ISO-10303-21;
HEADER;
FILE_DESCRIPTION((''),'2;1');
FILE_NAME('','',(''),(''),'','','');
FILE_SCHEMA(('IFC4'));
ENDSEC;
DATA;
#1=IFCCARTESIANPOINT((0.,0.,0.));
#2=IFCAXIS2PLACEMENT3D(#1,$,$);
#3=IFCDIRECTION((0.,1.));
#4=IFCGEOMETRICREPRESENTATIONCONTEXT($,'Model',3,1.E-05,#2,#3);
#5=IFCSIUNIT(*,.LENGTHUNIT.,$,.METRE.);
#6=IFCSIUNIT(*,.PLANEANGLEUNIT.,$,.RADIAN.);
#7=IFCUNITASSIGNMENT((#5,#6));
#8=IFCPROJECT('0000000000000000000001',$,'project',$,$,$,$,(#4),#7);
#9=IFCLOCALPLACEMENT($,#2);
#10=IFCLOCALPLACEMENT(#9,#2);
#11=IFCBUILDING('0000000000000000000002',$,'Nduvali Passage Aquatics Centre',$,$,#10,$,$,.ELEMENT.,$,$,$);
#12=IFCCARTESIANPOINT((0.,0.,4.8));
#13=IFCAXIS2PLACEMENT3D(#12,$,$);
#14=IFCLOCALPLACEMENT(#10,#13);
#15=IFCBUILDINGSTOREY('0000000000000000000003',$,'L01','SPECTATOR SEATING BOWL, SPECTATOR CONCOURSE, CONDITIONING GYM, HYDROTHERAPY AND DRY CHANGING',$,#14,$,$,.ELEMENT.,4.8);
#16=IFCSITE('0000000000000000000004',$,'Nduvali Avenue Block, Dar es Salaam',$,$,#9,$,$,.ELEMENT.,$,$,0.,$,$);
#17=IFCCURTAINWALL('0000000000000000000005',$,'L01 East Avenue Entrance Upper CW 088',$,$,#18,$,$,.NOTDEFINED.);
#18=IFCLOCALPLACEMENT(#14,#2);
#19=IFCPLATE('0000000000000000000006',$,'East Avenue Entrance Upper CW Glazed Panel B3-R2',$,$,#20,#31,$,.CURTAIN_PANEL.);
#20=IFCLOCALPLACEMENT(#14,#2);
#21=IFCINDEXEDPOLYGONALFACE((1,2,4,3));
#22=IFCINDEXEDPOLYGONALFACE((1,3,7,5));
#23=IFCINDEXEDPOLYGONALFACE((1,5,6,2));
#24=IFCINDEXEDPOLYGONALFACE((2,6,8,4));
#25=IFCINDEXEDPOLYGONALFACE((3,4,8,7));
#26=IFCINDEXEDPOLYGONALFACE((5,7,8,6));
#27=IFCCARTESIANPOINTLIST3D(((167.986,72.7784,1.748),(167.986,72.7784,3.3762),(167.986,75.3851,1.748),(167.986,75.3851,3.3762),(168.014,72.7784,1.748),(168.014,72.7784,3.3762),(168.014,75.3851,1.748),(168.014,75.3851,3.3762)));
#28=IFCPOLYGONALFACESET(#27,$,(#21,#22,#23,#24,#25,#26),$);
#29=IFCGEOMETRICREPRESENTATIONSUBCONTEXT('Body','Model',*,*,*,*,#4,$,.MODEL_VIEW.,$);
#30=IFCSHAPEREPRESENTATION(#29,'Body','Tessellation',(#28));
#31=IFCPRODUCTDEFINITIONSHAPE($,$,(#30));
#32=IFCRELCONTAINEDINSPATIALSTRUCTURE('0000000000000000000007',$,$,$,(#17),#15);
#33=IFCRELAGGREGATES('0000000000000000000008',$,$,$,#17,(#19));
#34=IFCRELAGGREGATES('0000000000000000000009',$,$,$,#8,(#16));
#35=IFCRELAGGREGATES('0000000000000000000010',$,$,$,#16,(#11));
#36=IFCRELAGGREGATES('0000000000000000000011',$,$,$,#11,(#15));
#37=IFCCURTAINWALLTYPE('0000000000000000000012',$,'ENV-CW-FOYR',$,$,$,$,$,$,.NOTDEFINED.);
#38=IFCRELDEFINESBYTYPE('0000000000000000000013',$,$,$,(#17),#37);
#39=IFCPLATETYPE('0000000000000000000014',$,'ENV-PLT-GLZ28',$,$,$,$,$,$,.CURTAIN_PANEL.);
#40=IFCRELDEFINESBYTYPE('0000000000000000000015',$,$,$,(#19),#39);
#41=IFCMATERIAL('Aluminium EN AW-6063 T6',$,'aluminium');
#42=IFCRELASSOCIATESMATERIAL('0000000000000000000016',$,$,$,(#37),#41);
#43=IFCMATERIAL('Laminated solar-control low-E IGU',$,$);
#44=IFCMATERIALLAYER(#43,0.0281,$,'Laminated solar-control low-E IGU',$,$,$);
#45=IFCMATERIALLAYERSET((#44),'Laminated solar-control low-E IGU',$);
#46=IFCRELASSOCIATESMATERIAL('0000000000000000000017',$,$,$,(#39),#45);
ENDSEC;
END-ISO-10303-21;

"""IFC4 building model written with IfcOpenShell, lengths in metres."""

from ifc_helpers import new_model, si_unit, direction, frame, origin, origin_2d, place, context, subcontext, project, spatial, rectangle, extrude, material, layer, layer_set, type_object, element, aggregate, save


model = new_model("IFC4")

# Units and contexts
model_context = context("Model", 3, precision=1e-05, world=origin(), true_north=direction((0.0, 1.0)))
body_context = subcontext(model_context, "Body", "Model", "MODEL_VIEW")
ifc_project = project(units=[si_unit("LENGTHUNIT", "METRE"), si_unit("PLANEANGLEUNIT", "RADIAN")], contexts=[model_context])

# Site, building, storey
site_placement = place(None, origin())
site = spatial("IfcSite", under=ifc_project, at=site_placement, Name="Nduvali Avenue Block, Dar es Salaam", CompositionType="ELEMENT", RefElevation=0.0)
building_placement = place(site_placement, origin())
building = spatial("IfcBuilding", under=site, at=building_placement, Name="Nduvali Passage Aquatics Centre", CompositionType="ELEMENT")
storey_placement = place(building_placement, frame((0.0, 0.0, 4.8)))
storey = spatial("IfcBuildingStorey", under=building, at=storey_placement, Name="L01", Description="SPECTATOR SEATING BOWL, SPECTATOR CONCOURSE, CONDITIONING GYM, HYDROTHERAPY AND DRY CHANGING", CompositionType="ELEMENT", Elevation=4.8)

# Curtain wall
ifc_material_1 = material(Name="Aluminium EN AW-6063 T6", Category="aluminium")
curtain_wall_type = type_object("IfcCurtainWallType", Name="ENV-CW-FOYR", PredefinedType="NOTDEFINED", material=ifc_material_1)
curtain_wall_placement = place(storey_placement, origin())
curtain_wall = element("IfcCurtainWall", 1, at=curtain_wall_placement, inside=storey, type_object=curtain_wall_type, Name="L01 East Avenue Entrance Upper CW 088", PredefinedType="NOTDEFINED")

# Plate
ifc_material_2 = material(Name="Laminated solar-control low-E IGU")
ifc_layer = layer(ifc_material_2, 0.0281, Name="Laminated solar-control low-E IGU")
ifc_layer_set = layer_set([ifc_layer], Name="Laminated solar-control low-E IGU")
plate_type = type_object("IfcPlateType", Name="ENV-PLT-GLZ28", PredefinedType="CURTAIN_PANEL", material=ifc_layer_set)
plate_1_placement = place(storey_placement, frame((168.0, 74.0818, 1.748), z_axis=(0.0, 0.0, 1.0), x_axis=(0.0, 1.0, 0.0)))
plate_1 = element("IfcPlate", 2, at=plate_1_placement, type_object=plate_type, Name="East Avenue Entrance Upper CW Glazed Panel B3-R2", PredefinedType="CURTAIN_PANEL", context=body_context, shape_type="SweptSolid", body=[
    extrude(rectangle(XDim=2.6067, YDim=0.0281, at=origin_2d()), origin(), (0.0, 0.0, 1.0), 1.6282),
])
aggregate(curtain_wall, [plate_1])

save(model, "model.ifc")
